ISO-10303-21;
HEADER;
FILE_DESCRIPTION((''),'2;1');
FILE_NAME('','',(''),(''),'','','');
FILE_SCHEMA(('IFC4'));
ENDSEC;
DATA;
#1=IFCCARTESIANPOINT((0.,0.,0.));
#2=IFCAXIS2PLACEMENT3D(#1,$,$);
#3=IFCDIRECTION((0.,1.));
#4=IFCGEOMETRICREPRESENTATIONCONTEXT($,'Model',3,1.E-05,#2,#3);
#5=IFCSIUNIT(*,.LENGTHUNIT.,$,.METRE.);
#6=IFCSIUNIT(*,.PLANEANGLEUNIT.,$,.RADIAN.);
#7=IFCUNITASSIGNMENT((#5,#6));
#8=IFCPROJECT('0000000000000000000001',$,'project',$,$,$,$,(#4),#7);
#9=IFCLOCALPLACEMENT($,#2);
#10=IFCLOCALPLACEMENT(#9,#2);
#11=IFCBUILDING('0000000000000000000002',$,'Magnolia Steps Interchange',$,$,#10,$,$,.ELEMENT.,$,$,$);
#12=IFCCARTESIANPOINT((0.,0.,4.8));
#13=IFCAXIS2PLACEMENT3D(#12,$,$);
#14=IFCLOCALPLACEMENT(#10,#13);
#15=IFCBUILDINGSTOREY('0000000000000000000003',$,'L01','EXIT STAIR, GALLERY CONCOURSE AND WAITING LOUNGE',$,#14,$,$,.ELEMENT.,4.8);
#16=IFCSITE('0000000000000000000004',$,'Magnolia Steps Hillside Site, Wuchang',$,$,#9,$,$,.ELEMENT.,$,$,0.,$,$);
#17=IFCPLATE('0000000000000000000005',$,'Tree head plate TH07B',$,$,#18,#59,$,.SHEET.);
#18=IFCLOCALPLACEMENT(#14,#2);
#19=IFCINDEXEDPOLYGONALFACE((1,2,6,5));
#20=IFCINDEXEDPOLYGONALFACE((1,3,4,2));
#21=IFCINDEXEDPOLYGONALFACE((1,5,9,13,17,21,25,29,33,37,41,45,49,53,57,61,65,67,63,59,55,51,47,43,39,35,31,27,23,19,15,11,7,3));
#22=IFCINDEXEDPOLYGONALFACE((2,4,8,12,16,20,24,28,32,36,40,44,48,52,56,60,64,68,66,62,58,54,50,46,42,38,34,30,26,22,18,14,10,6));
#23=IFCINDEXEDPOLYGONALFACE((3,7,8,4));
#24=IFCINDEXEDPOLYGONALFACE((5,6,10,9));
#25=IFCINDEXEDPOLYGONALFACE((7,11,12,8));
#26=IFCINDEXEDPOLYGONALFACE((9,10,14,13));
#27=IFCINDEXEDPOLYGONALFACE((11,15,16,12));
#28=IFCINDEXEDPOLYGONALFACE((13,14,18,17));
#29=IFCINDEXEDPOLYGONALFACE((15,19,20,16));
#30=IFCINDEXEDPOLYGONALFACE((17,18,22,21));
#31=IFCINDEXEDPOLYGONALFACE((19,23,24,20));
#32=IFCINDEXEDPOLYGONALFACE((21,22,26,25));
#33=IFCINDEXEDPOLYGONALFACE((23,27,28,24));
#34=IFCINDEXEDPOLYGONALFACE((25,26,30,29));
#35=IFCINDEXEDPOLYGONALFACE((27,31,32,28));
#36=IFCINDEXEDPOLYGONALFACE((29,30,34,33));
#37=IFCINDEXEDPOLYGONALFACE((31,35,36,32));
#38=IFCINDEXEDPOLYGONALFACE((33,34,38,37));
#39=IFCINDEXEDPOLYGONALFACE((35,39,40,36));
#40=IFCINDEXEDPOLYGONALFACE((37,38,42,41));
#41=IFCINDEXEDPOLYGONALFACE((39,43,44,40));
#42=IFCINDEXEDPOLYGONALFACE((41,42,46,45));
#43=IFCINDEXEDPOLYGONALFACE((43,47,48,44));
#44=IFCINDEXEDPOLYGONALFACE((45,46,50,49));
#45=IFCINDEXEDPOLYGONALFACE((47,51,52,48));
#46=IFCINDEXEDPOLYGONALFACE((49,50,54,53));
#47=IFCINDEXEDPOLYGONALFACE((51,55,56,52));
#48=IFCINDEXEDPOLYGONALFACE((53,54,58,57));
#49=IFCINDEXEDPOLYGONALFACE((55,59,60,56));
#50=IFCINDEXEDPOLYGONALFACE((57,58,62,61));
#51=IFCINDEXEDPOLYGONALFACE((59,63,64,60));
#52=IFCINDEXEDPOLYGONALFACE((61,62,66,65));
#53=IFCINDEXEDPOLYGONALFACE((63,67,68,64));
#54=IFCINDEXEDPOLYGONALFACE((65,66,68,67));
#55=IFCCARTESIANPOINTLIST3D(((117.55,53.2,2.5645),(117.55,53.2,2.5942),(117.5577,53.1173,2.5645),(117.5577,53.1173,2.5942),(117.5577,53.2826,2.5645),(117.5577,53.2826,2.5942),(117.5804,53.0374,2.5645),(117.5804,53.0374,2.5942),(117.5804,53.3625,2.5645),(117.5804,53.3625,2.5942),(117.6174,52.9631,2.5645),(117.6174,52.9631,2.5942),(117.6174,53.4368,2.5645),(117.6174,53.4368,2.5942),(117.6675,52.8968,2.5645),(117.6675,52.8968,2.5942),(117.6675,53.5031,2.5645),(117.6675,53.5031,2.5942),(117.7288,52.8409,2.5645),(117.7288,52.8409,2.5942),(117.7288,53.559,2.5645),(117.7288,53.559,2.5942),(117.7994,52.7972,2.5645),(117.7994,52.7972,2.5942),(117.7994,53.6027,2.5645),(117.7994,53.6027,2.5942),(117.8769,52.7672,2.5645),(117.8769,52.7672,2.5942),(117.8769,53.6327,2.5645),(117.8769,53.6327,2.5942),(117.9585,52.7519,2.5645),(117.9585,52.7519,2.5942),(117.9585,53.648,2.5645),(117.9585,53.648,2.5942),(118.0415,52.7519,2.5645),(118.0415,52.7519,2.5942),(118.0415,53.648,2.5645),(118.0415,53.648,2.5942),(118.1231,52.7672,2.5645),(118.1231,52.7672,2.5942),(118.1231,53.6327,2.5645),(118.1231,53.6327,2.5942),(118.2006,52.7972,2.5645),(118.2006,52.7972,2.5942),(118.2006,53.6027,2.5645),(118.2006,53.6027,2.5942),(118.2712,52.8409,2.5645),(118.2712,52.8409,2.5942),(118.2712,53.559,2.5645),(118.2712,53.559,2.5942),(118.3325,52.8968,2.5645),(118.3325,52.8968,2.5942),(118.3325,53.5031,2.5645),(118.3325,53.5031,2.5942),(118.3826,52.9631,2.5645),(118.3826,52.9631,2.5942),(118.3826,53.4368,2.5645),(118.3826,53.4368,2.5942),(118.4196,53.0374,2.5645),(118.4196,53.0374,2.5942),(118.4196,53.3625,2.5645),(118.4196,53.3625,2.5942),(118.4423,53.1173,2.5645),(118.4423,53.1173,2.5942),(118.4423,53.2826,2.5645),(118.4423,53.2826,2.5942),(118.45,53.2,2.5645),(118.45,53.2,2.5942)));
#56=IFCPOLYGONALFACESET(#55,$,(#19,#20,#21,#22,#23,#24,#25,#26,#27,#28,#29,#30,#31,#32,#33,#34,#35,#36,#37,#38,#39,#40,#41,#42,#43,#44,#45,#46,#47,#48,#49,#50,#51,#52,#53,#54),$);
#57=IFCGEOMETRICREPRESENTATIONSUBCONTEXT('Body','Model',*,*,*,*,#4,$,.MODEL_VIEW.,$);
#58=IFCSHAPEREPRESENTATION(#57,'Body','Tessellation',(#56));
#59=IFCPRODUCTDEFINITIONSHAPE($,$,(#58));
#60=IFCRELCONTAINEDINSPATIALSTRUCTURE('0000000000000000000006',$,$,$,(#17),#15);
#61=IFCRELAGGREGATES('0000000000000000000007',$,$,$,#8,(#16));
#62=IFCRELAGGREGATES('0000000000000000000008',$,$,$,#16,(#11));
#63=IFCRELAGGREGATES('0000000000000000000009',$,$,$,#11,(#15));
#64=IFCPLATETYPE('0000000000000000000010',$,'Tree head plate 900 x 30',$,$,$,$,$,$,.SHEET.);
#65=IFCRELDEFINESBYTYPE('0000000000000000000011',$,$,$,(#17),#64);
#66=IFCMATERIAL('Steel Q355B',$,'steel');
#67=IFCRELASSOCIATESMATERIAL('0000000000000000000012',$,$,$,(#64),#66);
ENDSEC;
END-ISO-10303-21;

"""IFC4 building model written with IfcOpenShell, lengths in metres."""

from ifc_helpers import new_model, si_unit, direction, frame, origin, origin_2d, place, context, subcontext, project, spatial, circle, extrude, material, material_profile, profile_set, type_object, element, save


model = new_model("IFC4")

# Units and contexts
model_context = context("Model", 3, precision=1e-05, world=origin(), true_north=direction((0.0, 1.0)))
body_context = subcontext(model_context, "Body", "Model", "MODEL_VIEW")
ifc_project = project(units=[si_unit("LENGTHUNIT", "METRE"), si_unit("PLANEANGLEUNIT", "RADIAN")], contexts=[model_context])

# Site, building, storey
site_placement = place(None, origin())
site = spatial("IfcSite", under=ifc_project, at=site_placement, Name="Magnolia Steps Hillside Site, Wuchang", CompositionType="ELEMENT", RefElevation=0.0)
building_placement = place(site_placement, origin())
building = spatial("IfcBuilding", under=site, at=building_placement, Name="Magnolia Steps Interchange", CompositionType="ELEMENT")
storey_placement = place(building_placement, frame((0.0, 0.0, 4.8)))
storey = spatial("IfcBuildingStorey", under=building, at=storey_placement, Name="L01", Description="EXIT STAIR, GALLERY CONCOURSE AND WAITING LOUNGE", CompositionType="ELEMENT", Elevation=4.8)

# Plate
ifc_material_1 = material(Name="Steel Q355B", Category="steel")
ifc_material_profile_1 = material_profile(ifc_material_1, circle(Radius=0.45, at=origin_2d()), Name="Tree head plate 900 x 30")
ifc_profile_set_1 = profile_set([ifc_material_profile_1], Name="Steel Q355B")
plate_type_1 = type_object("IfcPlateType", Name="Tree head plate 900 x 30", PredefinedType="SHEET", material=ifc_profile_set_1)
plate_1_placement = place(storey_placement, frame((118.0, 53.2, 2.5645), z_axis=(0.0, 0.0, 1.0), x_axis=(1.0, 0.0, 0.0)))
element("IfcPlate", 1, at=plate_1_placement, inside=storey, type_object=plate_type_1, Name="Tree head plate TH07B", PredefinedType="SHEET", context=body_context, shape_type="SweptSolid", body=[
    extrude(circle(Radius=0.45, at=origin_2d()), origin(), (0.0, 0.0, 1.0), 0.0298),
])

save(model, "model.ifc")
